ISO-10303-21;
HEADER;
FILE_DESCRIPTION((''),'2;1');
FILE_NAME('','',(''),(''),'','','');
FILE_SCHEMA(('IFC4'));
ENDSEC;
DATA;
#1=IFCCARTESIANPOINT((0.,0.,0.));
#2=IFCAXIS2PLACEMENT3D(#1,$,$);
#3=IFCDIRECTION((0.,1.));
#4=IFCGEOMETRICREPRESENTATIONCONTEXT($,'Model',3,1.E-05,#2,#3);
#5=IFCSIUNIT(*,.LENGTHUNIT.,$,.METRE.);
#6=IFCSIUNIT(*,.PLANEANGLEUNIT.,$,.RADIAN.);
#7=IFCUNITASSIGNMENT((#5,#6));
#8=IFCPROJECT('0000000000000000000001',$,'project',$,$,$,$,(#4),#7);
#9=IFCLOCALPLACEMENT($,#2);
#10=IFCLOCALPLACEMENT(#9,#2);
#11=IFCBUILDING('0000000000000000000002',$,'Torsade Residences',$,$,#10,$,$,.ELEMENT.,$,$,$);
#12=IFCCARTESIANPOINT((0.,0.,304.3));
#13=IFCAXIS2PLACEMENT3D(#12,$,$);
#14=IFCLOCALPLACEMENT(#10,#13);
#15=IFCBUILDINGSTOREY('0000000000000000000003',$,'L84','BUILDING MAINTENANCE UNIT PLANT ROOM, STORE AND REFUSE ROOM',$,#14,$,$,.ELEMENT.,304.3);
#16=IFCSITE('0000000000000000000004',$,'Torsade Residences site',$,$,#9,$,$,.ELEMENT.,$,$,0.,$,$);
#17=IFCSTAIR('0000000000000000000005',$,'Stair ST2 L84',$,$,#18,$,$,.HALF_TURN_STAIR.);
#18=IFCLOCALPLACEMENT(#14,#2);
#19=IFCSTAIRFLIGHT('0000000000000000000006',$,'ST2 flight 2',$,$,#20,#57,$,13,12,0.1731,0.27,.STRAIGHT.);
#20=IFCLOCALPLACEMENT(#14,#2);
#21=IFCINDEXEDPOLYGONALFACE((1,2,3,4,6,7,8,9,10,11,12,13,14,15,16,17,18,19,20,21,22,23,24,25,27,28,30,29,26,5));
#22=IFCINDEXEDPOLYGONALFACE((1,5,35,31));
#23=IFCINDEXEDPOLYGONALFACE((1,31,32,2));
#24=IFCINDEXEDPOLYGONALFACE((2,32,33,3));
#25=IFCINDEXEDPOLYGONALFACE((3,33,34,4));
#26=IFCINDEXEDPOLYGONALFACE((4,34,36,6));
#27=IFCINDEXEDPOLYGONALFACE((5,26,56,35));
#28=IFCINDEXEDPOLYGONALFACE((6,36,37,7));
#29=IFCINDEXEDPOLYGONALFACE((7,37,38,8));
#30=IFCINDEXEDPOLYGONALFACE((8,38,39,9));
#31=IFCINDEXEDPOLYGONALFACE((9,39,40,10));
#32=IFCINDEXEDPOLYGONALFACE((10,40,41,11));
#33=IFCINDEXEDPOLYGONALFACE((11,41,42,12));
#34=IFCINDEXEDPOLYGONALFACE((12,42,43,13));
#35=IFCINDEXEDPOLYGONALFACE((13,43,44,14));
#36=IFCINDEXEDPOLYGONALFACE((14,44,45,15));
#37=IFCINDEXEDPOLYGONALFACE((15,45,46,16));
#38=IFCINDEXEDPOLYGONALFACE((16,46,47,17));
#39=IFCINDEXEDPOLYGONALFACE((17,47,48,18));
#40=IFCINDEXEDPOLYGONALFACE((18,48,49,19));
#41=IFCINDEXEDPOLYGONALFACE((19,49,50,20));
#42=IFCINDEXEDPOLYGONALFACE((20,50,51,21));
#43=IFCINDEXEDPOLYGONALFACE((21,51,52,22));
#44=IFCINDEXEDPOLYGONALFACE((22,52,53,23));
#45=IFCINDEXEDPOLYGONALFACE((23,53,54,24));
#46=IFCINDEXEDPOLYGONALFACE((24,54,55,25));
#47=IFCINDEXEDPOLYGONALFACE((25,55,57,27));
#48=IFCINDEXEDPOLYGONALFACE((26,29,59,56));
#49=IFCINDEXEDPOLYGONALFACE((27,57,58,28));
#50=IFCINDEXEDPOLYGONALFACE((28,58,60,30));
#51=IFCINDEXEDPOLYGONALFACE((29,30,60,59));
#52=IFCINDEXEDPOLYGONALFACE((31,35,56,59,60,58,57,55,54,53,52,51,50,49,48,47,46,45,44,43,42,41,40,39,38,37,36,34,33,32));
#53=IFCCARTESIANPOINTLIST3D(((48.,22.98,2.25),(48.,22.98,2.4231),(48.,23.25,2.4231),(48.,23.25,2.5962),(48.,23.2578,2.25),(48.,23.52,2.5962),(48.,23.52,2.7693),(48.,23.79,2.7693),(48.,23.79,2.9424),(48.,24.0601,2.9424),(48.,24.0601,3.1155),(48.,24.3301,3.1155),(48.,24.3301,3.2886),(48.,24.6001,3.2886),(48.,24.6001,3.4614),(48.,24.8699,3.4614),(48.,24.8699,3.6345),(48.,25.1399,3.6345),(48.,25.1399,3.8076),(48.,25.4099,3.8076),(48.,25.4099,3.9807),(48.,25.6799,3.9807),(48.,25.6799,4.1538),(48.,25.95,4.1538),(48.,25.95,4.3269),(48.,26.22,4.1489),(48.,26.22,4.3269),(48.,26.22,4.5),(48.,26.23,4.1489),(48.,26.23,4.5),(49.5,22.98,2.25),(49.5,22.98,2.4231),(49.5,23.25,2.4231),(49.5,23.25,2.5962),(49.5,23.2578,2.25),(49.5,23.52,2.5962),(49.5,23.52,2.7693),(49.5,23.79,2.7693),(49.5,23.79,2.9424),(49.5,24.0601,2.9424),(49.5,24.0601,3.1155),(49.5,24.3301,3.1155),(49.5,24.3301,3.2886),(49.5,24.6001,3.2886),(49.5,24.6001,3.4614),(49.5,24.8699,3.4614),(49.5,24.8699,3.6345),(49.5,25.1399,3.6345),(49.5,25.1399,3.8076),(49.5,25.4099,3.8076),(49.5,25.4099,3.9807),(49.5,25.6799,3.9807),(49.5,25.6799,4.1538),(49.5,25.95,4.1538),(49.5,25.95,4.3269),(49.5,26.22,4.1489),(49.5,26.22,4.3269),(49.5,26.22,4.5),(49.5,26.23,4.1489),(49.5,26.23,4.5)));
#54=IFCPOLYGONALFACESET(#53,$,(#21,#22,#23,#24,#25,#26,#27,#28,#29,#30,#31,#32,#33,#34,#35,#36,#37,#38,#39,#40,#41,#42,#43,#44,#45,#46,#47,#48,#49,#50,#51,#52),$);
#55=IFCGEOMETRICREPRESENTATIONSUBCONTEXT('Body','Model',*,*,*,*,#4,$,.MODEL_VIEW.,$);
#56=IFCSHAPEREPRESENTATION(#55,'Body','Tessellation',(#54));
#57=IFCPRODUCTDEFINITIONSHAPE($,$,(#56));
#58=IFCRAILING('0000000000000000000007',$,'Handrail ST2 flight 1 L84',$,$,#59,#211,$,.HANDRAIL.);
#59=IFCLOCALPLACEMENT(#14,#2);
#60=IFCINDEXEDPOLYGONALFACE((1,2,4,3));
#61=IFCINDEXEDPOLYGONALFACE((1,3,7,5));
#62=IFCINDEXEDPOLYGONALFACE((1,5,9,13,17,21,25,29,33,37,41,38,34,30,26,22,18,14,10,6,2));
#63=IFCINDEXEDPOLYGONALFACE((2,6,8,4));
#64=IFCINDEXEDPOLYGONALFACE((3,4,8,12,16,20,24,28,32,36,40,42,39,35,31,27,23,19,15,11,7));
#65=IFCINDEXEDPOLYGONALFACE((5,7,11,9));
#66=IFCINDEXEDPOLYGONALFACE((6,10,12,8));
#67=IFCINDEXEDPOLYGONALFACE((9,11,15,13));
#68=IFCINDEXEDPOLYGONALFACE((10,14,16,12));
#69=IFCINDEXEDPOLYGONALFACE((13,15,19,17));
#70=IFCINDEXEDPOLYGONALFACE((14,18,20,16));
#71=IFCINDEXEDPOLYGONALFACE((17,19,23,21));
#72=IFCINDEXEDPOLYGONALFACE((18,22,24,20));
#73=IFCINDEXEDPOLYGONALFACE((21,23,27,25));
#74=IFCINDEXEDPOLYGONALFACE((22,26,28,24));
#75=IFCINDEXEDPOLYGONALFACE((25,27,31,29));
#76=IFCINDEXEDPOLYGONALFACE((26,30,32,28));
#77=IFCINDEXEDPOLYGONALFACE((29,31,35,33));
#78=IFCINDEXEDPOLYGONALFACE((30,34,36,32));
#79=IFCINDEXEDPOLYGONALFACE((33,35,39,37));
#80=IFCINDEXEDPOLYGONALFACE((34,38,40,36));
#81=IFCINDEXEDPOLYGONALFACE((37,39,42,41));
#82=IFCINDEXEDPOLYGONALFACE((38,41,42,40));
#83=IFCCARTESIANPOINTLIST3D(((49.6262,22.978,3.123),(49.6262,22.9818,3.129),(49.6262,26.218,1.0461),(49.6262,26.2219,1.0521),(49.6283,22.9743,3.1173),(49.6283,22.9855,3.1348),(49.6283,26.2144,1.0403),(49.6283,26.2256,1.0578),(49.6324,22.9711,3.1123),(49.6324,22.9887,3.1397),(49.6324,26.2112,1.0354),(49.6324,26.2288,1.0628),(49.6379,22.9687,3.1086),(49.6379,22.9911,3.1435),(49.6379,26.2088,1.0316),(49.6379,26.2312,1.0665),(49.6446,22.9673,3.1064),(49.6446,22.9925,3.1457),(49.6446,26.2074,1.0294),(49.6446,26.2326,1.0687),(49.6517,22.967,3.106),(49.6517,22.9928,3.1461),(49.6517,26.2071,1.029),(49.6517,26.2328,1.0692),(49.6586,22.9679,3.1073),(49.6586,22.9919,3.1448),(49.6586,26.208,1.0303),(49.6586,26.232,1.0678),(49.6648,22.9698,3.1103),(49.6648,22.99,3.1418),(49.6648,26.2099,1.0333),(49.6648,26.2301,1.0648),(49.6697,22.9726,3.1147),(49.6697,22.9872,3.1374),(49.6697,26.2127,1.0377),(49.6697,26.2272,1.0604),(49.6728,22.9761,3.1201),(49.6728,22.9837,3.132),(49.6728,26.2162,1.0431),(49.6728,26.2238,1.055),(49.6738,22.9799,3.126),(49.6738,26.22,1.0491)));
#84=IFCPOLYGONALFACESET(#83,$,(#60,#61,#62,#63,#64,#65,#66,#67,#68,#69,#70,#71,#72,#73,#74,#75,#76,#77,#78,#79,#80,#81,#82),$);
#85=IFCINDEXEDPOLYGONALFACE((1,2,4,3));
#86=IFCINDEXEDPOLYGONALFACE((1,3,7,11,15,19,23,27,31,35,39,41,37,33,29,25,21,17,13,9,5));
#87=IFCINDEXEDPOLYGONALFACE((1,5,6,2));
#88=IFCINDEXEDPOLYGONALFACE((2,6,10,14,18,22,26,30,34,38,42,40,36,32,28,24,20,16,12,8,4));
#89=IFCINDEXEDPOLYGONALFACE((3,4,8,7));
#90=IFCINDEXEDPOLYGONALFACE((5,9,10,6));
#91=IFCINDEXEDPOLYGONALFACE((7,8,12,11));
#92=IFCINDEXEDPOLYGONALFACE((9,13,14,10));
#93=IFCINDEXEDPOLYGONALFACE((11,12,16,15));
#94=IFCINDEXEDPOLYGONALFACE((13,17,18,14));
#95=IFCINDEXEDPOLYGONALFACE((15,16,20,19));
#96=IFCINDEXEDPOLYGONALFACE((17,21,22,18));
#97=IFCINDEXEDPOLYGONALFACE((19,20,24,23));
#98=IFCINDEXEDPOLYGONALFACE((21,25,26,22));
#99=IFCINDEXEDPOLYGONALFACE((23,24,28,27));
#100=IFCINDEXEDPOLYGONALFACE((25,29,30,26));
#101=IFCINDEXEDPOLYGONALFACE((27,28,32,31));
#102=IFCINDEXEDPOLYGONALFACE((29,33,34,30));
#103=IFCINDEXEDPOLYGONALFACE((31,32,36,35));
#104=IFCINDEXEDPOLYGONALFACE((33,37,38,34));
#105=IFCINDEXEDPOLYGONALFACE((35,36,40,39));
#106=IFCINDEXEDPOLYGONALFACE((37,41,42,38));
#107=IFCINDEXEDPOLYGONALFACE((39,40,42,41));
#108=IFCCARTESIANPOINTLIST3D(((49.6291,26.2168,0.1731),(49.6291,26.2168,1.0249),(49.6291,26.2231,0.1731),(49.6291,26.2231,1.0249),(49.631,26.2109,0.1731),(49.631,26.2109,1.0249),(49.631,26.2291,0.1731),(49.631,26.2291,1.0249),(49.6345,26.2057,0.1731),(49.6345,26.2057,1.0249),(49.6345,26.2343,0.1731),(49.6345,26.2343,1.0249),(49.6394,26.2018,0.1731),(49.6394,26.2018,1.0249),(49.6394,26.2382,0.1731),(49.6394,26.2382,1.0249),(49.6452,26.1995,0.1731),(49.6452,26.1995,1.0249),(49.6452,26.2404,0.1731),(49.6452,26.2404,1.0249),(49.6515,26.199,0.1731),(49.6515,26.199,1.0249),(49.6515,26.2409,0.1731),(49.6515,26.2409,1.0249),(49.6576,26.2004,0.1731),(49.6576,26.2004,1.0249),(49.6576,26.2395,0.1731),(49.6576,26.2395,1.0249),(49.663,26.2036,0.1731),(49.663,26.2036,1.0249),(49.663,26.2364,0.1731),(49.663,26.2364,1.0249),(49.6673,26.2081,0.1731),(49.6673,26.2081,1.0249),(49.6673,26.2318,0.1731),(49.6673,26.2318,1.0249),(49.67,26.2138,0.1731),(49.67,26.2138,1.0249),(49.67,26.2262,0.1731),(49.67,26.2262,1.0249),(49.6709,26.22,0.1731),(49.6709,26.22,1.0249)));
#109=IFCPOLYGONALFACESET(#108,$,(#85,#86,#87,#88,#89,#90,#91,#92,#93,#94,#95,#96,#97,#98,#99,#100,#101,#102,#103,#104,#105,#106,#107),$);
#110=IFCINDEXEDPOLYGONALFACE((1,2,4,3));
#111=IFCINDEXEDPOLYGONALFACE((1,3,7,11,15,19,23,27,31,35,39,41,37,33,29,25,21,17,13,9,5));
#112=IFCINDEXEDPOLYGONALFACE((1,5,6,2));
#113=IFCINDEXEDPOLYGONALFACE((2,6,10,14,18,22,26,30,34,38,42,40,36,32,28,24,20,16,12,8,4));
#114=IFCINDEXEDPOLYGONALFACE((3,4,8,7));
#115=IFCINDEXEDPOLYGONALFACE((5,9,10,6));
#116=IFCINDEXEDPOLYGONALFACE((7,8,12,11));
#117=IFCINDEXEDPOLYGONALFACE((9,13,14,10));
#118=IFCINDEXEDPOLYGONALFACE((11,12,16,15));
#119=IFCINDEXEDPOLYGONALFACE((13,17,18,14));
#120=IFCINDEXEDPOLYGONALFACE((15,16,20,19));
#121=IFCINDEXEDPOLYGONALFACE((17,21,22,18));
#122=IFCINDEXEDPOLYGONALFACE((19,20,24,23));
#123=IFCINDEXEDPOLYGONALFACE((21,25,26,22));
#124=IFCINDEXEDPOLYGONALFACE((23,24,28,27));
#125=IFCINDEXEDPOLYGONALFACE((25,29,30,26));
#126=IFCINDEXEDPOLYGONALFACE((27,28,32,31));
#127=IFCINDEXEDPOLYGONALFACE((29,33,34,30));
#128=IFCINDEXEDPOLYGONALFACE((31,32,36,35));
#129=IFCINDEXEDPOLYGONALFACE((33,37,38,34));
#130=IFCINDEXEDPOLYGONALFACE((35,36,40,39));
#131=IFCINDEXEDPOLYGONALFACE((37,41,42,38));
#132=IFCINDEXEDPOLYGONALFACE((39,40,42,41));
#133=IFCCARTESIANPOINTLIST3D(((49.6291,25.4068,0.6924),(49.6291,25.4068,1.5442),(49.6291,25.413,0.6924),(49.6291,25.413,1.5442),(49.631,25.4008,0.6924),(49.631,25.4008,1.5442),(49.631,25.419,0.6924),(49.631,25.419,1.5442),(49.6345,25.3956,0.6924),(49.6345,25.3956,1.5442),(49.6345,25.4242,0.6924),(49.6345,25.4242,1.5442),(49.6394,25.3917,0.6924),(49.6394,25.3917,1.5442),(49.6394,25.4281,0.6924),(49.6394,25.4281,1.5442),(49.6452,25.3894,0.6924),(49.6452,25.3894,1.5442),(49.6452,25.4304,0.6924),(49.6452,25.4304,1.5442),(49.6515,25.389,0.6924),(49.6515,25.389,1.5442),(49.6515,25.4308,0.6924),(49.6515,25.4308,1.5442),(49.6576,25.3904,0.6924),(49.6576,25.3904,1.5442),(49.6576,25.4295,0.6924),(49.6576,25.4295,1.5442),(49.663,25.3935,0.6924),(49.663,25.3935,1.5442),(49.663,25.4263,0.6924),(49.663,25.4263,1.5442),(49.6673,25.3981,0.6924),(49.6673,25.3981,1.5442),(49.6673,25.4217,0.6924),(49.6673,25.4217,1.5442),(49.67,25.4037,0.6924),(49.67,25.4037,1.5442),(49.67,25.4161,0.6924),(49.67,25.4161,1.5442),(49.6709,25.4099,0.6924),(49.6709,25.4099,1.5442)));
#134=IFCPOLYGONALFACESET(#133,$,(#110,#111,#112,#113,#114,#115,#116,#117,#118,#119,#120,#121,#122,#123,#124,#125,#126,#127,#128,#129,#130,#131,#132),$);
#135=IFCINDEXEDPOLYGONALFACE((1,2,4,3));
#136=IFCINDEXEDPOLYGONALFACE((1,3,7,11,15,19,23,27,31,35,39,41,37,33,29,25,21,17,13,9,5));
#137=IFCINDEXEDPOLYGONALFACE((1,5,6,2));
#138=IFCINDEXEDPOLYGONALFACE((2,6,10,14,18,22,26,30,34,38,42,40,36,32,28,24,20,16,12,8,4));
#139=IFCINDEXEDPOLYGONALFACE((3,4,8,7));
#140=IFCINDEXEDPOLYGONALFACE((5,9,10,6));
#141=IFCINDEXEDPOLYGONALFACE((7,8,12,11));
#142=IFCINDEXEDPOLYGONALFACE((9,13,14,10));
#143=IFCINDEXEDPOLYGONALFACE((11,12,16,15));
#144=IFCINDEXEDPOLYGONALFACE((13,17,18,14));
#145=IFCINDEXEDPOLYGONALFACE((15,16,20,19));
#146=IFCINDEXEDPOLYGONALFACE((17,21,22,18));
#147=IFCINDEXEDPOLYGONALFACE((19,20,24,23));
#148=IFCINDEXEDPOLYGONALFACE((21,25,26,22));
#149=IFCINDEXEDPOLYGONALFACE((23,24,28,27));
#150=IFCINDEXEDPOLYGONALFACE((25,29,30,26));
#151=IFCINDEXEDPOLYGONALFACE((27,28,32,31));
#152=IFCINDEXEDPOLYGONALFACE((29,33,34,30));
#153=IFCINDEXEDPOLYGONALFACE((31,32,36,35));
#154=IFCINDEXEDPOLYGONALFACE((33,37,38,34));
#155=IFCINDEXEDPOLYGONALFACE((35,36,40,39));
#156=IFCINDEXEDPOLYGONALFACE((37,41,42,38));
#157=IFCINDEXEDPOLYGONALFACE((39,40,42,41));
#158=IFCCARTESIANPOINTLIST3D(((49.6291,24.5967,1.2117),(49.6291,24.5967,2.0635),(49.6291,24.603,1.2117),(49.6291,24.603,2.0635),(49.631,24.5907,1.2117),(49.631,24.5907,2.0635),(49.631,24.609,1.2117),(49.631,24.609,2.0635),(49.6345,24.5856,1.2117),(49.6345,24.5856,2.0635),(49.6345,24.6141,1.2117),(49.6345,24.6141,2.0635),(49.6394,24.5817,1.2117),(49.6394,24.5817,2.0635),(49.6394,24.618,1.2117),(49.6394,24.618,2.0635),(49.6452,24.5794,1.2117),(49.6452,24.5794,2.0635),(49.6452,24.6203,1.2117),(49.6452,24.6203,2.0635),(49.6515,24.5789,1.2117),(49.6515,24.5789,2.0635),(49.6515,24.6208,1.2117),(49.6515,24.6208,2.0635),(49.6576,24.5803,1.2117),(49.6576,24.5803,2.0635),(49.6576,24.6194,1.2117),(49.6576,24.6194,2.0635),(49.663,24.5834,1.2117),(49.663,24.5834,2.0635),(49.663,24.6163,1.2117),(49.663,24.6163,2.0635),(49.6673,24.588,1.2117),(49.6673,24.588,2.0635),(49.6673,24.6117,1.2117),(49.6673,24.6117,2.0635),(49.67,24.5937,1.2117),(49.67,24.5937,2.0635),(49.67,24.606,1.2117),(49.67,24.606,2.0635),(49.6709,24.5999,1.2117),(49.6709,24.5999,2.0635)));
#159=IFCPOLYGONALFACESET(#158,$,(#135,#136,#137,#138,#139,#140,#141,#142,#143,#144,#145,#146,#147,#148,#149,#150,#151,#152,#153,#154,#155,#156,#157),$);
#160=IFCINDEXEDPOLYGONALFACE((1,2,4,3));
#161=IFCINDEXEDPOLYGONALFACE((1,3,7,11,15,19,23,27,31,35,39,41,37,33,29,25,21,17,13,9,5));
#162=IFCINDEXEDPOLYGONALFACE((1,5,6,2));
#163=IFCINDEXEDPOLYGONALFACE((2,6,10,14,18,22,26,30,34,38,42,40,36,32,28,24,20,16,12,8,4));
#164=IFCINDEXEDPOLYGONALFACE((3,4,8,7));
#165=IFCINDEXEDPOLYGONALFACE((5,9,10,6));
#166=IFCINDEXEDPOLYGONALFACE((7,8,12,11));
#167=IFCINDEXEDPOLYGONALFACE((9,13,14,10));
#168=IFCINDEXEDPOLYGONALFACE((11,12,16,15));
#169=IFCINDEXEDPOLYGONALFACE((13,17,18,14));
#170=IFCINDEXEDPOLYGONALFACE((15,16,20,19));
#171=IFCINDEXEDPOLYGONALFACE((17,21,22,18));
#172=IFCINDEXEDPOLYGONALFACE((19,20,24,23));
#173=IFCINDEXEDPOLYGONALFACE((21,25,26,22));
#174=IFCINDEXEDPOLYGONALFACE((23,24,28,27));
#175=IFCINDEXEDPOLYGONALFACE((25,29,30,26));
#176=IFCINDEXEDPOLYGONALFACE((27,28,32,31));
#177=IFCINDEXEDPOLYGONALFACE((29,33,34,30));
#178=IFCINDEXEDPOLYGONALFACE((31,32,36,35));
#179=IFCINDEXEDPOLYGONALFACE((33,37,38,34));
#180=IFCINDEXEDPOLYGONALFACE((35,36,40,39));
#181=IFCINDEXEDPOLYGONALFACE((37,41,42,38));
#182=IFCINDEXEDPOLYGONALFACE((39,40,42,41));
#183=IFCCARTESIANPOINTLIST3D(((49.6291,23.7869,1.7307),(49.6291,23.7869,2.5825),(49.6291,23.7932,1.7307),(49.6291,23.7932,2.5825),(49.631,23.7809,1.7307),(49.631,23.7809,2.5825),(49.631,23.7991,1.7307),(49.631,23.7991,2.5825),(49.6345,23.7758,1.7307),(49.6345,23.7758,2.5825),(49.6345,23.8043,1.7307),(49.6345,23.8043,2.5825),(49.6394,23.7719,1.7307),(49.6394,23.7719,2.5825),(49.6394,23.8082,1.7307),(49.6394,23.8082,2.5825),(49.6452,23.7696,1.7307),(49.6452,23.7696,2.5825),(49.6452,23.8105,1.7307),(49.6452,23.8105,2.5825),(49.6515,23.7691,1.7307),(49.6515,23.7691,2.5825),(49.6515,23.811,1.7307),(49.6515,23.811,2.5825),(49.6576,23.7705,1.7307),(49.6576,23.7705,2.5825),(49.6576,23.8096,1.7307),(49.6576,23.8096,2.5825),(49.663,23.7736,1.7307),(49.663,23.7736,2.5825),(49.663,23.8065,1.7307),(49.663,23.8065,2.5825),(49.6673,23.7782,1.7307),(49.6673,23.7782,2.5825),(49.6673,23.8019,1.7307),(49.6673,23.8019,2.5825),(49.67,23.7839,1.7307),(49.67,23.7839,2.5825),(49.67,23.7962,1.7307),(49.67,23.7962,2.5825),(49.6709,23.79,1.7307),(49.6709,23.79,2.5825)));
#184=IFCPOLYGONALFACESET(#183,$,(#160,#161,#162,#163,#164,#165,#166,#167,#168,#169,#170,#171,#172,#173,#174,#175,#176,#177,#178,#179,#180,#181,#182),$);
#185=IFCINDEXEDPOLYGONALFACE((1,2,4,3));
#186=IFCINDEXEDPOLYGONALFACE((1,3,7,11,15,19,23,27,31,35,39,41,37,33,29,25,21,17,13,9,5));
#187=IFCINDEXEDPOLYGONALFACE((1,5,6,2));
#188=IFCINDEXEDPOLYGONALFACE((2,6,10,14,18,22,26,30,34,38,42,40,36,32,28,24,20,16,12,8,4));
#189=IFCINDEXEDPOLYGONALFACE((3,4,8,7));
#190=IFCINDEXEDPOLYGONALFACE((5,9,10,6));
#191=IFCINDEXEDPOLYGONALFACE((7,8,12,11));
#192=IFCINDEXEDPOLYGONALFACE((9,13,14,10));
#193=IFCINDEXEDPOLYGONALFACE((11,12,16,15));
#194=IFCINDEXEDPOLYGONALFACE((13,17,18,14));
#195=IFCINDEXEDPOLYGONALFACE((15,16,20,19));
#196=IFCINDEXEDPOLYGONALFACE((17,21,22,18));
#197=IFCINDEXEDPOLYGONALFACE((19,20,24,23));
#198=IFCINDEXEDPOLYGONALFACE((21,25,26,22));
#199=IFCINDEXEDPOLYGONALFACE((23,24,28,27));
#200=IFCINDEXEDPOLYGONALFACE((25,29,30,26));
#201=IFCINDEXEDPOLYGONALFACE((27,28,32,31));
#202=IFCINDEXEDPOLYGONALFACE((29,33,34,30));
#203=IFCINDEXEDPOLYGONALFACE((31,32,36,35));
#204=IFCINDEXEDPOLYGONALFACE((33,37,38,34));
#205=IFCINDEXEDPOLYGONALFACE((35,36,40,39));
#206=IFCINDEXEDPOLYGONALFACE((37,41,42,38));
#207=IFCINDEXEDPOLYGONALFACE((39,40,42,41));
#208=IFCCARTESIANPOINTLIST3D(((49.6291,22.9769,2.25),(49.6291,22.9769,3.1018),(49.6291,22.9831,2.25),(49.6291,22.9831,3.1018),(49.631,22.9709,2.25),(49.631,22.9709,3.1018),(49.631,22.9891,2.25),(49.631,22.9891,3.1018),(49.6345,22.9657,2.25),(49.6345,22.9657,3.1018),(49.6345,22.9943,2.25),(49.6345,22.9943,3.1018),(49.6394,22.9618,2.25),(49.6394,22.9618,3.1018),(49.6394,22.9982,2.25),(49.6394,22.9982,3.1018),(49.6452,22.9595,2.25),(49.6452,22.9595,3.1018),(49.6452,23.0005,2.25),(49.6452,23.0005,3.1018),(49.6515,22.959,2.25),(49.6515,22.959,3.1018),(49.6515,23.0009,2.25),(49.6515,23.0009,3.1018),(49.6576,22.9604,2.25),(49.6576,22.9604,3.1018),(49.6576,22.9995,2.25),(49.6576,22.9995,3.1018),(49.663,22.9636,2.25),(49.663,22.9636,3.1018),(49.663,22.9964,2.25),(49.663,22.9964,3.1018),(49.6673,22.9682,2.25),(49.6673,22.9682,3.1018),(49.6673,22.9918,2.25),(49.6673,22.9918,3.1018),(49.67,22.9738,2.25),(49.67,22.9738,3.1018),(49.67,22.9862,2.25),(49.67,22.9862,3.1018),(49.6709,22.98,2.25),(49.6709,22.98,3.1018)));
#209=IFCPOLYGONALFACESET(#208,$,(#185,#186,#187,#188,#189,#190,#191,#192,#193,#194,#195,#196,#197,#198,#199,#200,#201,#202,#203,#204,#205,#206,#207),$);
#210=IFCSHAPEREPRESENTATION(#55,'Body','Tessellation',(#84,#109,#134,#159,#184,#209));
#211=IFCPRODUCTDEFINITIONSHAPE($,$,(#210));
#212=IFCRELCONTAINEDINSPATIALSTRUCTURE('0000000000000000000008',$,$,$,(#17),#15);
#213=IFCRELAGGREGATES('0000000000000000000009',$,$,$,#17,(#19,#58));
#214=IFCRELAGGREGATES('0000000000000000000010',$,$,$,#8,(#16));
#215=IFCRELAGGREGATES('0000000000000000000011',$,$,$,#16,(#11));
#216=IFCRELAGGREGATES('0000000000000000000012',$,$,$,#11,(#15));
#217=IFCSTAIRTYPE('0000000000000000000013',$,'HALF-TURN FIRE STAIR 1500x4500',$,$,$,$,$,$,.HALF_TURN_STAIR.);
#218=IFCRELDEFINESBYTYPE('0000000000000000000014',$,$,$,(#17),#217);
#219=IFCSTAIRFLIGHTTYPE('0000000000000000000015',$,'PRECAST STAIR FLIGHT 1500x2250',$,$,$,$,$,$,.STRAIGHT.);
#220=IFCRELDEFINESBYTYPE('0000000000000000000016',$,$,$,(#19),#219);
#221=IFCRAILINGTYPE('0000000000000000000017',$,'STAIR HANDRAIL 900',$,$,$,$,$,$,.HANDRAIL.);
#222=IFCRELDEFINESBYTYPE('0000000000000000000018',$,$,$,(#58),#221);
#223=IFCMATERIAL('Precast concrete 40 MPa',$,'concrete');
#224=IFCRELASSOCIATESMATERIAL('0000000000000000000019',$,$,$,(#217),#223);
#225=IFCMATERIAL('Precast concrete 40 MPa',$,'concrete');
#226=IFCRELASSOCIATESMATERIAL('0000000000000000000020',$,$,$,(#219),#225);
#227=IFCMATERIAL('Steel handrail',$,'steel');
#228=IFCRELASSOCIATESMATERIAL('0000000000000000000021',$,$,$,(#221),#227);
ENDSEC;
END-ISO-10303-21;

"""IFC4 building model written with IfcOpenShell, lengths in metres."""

from ifc_helpers import new_model, si_unit, direction, frame, origin, origin_2d, place, context, subcontext, project, spatial, polyline, circle, outline, extrude, material, type_object, element, aggregate, save


model = new_model("IFC4")

# Units and contexts
model_context = context("Model", 3, precision=1e-05, world=origin(), true_north=direction((0.0, 1.0)))
body_context = subcontext(model_context, "Body", "Model", "MODEL_VIEW")
ifc_project = project(units=[si_unit("LENGTHUNIT", "METRE"), si_unit("PLANEANGLEUNIT", "RADIAN")], contexts=[model_context])

# Site, building, storey
site_placement = place(None, origin())
site = spatial("IfcSite", under=ifc_project, at=site_placement, Name="Torsade Residences site", CompositionType="ELEMENT", RefElevation=0.0)
building_placement = place(site_placement, origin())
building = spatial("IfcBuilding", under=site, at=building_placement, Name="Torsade Residences", CompositionType="ELEMENT")
storey_placement = place(building_placement, frame((0.0, 0.0, 304.3)))
storey = spatial("IfcBuildingStorey", under=building, at=storey_placement, Name="L84", Description="BUILDING MAINTENANCE UNIT PLANT ROOM, STORE AND REFUSE ROOM", CompositionType="ELEMENT", Elevation=304.3)

# Stair, stair flight, railing
ifc_material_1 = material(Name="Precast concrete 40 MPa", Category="concrete")
stair_type = type_object("IfcStairType", Name="HALF-TURN FIRE STAIR 1500x4500", PredefinedType="HALF_TURN_STAIR", material=ifc_material_1)
stair_placement = place(storey_placement, origin())
stair = element("IfcStair", 1, at=stair_placement, inside=storey, type_object=stair_type, Name="Stair ST2 L84", PredefinedType="HALF_TURN_STAIR")
ifc_material_2 = material(Name="Precast concrete 40 MPa", Category="concrete")
stair_flight_type = type_object("IfcStairFlightType", Name="PRECAST STAIR FLIGHT 1500x2250", PredefinedType="STRAIGHT", material=ifc_material_2)
stair_flight_1_placement = place(storey_placement, frame((48.75, 22.98, 2.25), z_axis=(0.0, 0.0, 1.0), x_axis=(0.0, 1.0, 0.0)))
stair_flight_1 = element("IfcStairFlight", 2, at=stair_flight_1_placement, type_object=stair_flight_type, Name="ST2 flight 2", NumberOfRisers=13, NumberOfTreads=12, PredefinedType="STRAIGHT", RiserHeight=0.1731, TreadLength=0.27, context=body_context, shape_type="SweptSolid", body=[
    extrude(outline(polyline([(0.0, 0.0), (0.0, 0.1731), (0.27, 0.1731), (0.27, 0.3462), (0.54, 0.3462), (0.54, 0.5193), (0.8101, 0.5193), (0.8101, 0.6924), (1.0801, 0.6924), (1.0801, 0.8655), (1.3501, 0.8655), (1.3501, 1.0386), (1.6201, 1.0386), (1.6201, 1.2114), (1.8899, 1.2114), (1.8899, 1.3845), (2.1599, 1.3845), (2.1599, 1.5576), (2.4299, 1.5576), (2.4299, 1.7307), (2.7, 1.7307), (2.7, 1.9038), (2.97, 1.9038), (2.97, 2.0769), (3.24, 2.0769), (3.24, 2.25), (3.25, 2.25), (3.25, 1.8989), (3.24, 1.8989), (0.2778, 0.0), (0.0, 0.0)])), frame((0.0, 0.75, 0.0), z_axis=(0.0, -1.0, 0.0), x_axis=(1.0, 0.0, 0.0)), (0.0, 0.0, 1.0), 1.5),
])
ifc_material_3 = material(Name="Steel handrail", Category="steel")
railing_type = type_object("IfcRailingType", Name="STAIR HANDRAIL 900", PredefinedType="HANDRAIL", material=ifc_material_3)
railing_1_placement = place(storey_placement, frame((49.6499, 26.22, 0.1731)))
railing_1 = element("IfcRailing", 3, at=railing_1_placement, type_object=railing_type, Name="Handrail ST2 flight 1 L84", PredefinedType="HANDRAIL", context=body_context, shape_type="SweptSolid", body=[
    extrude(circle(Radius=0.0239, at=origin_2d()), frame((0.0, 0.0, 0.876), z_axis=(0.0, -0.841881, 0.539664), x_axis=(1.0, 0.0, 0.0)), (0.0, 0.0, 1.0), 3.8486),
    extrude(circle(Radius=0.021, at=origin_2d()), origin(), (0.0, 0.0, 1.0), 0.8518),
    extrude(circle(Radius=0.021, at=origin_2d()), frame((0.0, -0.8101, 0.5193)), (0.0, 0.0, 1.0), 0.8518),
    extrude(circle(Radius=0.021, at=origin_2d()), frame((0.0, -1.6201, 1.0386)), (0.0, 0.0, 1.0), 0.8518),
    extrude(circle(Radius=0.021, at=origin_2d()), frame((0.0, -2.4299, 1.5576)), (0.0, 0.0, 1.0), 0.8518),
    extrude(circle(Radius=0.021, at=origin_2d()), frame((0.0, -3.24, 2.0769)), (0.0, 0.0, 1.0), 0.8518),
])
aggregate(stair, [stair_flight_1, railing_1])

save(model, "model.ifc")
